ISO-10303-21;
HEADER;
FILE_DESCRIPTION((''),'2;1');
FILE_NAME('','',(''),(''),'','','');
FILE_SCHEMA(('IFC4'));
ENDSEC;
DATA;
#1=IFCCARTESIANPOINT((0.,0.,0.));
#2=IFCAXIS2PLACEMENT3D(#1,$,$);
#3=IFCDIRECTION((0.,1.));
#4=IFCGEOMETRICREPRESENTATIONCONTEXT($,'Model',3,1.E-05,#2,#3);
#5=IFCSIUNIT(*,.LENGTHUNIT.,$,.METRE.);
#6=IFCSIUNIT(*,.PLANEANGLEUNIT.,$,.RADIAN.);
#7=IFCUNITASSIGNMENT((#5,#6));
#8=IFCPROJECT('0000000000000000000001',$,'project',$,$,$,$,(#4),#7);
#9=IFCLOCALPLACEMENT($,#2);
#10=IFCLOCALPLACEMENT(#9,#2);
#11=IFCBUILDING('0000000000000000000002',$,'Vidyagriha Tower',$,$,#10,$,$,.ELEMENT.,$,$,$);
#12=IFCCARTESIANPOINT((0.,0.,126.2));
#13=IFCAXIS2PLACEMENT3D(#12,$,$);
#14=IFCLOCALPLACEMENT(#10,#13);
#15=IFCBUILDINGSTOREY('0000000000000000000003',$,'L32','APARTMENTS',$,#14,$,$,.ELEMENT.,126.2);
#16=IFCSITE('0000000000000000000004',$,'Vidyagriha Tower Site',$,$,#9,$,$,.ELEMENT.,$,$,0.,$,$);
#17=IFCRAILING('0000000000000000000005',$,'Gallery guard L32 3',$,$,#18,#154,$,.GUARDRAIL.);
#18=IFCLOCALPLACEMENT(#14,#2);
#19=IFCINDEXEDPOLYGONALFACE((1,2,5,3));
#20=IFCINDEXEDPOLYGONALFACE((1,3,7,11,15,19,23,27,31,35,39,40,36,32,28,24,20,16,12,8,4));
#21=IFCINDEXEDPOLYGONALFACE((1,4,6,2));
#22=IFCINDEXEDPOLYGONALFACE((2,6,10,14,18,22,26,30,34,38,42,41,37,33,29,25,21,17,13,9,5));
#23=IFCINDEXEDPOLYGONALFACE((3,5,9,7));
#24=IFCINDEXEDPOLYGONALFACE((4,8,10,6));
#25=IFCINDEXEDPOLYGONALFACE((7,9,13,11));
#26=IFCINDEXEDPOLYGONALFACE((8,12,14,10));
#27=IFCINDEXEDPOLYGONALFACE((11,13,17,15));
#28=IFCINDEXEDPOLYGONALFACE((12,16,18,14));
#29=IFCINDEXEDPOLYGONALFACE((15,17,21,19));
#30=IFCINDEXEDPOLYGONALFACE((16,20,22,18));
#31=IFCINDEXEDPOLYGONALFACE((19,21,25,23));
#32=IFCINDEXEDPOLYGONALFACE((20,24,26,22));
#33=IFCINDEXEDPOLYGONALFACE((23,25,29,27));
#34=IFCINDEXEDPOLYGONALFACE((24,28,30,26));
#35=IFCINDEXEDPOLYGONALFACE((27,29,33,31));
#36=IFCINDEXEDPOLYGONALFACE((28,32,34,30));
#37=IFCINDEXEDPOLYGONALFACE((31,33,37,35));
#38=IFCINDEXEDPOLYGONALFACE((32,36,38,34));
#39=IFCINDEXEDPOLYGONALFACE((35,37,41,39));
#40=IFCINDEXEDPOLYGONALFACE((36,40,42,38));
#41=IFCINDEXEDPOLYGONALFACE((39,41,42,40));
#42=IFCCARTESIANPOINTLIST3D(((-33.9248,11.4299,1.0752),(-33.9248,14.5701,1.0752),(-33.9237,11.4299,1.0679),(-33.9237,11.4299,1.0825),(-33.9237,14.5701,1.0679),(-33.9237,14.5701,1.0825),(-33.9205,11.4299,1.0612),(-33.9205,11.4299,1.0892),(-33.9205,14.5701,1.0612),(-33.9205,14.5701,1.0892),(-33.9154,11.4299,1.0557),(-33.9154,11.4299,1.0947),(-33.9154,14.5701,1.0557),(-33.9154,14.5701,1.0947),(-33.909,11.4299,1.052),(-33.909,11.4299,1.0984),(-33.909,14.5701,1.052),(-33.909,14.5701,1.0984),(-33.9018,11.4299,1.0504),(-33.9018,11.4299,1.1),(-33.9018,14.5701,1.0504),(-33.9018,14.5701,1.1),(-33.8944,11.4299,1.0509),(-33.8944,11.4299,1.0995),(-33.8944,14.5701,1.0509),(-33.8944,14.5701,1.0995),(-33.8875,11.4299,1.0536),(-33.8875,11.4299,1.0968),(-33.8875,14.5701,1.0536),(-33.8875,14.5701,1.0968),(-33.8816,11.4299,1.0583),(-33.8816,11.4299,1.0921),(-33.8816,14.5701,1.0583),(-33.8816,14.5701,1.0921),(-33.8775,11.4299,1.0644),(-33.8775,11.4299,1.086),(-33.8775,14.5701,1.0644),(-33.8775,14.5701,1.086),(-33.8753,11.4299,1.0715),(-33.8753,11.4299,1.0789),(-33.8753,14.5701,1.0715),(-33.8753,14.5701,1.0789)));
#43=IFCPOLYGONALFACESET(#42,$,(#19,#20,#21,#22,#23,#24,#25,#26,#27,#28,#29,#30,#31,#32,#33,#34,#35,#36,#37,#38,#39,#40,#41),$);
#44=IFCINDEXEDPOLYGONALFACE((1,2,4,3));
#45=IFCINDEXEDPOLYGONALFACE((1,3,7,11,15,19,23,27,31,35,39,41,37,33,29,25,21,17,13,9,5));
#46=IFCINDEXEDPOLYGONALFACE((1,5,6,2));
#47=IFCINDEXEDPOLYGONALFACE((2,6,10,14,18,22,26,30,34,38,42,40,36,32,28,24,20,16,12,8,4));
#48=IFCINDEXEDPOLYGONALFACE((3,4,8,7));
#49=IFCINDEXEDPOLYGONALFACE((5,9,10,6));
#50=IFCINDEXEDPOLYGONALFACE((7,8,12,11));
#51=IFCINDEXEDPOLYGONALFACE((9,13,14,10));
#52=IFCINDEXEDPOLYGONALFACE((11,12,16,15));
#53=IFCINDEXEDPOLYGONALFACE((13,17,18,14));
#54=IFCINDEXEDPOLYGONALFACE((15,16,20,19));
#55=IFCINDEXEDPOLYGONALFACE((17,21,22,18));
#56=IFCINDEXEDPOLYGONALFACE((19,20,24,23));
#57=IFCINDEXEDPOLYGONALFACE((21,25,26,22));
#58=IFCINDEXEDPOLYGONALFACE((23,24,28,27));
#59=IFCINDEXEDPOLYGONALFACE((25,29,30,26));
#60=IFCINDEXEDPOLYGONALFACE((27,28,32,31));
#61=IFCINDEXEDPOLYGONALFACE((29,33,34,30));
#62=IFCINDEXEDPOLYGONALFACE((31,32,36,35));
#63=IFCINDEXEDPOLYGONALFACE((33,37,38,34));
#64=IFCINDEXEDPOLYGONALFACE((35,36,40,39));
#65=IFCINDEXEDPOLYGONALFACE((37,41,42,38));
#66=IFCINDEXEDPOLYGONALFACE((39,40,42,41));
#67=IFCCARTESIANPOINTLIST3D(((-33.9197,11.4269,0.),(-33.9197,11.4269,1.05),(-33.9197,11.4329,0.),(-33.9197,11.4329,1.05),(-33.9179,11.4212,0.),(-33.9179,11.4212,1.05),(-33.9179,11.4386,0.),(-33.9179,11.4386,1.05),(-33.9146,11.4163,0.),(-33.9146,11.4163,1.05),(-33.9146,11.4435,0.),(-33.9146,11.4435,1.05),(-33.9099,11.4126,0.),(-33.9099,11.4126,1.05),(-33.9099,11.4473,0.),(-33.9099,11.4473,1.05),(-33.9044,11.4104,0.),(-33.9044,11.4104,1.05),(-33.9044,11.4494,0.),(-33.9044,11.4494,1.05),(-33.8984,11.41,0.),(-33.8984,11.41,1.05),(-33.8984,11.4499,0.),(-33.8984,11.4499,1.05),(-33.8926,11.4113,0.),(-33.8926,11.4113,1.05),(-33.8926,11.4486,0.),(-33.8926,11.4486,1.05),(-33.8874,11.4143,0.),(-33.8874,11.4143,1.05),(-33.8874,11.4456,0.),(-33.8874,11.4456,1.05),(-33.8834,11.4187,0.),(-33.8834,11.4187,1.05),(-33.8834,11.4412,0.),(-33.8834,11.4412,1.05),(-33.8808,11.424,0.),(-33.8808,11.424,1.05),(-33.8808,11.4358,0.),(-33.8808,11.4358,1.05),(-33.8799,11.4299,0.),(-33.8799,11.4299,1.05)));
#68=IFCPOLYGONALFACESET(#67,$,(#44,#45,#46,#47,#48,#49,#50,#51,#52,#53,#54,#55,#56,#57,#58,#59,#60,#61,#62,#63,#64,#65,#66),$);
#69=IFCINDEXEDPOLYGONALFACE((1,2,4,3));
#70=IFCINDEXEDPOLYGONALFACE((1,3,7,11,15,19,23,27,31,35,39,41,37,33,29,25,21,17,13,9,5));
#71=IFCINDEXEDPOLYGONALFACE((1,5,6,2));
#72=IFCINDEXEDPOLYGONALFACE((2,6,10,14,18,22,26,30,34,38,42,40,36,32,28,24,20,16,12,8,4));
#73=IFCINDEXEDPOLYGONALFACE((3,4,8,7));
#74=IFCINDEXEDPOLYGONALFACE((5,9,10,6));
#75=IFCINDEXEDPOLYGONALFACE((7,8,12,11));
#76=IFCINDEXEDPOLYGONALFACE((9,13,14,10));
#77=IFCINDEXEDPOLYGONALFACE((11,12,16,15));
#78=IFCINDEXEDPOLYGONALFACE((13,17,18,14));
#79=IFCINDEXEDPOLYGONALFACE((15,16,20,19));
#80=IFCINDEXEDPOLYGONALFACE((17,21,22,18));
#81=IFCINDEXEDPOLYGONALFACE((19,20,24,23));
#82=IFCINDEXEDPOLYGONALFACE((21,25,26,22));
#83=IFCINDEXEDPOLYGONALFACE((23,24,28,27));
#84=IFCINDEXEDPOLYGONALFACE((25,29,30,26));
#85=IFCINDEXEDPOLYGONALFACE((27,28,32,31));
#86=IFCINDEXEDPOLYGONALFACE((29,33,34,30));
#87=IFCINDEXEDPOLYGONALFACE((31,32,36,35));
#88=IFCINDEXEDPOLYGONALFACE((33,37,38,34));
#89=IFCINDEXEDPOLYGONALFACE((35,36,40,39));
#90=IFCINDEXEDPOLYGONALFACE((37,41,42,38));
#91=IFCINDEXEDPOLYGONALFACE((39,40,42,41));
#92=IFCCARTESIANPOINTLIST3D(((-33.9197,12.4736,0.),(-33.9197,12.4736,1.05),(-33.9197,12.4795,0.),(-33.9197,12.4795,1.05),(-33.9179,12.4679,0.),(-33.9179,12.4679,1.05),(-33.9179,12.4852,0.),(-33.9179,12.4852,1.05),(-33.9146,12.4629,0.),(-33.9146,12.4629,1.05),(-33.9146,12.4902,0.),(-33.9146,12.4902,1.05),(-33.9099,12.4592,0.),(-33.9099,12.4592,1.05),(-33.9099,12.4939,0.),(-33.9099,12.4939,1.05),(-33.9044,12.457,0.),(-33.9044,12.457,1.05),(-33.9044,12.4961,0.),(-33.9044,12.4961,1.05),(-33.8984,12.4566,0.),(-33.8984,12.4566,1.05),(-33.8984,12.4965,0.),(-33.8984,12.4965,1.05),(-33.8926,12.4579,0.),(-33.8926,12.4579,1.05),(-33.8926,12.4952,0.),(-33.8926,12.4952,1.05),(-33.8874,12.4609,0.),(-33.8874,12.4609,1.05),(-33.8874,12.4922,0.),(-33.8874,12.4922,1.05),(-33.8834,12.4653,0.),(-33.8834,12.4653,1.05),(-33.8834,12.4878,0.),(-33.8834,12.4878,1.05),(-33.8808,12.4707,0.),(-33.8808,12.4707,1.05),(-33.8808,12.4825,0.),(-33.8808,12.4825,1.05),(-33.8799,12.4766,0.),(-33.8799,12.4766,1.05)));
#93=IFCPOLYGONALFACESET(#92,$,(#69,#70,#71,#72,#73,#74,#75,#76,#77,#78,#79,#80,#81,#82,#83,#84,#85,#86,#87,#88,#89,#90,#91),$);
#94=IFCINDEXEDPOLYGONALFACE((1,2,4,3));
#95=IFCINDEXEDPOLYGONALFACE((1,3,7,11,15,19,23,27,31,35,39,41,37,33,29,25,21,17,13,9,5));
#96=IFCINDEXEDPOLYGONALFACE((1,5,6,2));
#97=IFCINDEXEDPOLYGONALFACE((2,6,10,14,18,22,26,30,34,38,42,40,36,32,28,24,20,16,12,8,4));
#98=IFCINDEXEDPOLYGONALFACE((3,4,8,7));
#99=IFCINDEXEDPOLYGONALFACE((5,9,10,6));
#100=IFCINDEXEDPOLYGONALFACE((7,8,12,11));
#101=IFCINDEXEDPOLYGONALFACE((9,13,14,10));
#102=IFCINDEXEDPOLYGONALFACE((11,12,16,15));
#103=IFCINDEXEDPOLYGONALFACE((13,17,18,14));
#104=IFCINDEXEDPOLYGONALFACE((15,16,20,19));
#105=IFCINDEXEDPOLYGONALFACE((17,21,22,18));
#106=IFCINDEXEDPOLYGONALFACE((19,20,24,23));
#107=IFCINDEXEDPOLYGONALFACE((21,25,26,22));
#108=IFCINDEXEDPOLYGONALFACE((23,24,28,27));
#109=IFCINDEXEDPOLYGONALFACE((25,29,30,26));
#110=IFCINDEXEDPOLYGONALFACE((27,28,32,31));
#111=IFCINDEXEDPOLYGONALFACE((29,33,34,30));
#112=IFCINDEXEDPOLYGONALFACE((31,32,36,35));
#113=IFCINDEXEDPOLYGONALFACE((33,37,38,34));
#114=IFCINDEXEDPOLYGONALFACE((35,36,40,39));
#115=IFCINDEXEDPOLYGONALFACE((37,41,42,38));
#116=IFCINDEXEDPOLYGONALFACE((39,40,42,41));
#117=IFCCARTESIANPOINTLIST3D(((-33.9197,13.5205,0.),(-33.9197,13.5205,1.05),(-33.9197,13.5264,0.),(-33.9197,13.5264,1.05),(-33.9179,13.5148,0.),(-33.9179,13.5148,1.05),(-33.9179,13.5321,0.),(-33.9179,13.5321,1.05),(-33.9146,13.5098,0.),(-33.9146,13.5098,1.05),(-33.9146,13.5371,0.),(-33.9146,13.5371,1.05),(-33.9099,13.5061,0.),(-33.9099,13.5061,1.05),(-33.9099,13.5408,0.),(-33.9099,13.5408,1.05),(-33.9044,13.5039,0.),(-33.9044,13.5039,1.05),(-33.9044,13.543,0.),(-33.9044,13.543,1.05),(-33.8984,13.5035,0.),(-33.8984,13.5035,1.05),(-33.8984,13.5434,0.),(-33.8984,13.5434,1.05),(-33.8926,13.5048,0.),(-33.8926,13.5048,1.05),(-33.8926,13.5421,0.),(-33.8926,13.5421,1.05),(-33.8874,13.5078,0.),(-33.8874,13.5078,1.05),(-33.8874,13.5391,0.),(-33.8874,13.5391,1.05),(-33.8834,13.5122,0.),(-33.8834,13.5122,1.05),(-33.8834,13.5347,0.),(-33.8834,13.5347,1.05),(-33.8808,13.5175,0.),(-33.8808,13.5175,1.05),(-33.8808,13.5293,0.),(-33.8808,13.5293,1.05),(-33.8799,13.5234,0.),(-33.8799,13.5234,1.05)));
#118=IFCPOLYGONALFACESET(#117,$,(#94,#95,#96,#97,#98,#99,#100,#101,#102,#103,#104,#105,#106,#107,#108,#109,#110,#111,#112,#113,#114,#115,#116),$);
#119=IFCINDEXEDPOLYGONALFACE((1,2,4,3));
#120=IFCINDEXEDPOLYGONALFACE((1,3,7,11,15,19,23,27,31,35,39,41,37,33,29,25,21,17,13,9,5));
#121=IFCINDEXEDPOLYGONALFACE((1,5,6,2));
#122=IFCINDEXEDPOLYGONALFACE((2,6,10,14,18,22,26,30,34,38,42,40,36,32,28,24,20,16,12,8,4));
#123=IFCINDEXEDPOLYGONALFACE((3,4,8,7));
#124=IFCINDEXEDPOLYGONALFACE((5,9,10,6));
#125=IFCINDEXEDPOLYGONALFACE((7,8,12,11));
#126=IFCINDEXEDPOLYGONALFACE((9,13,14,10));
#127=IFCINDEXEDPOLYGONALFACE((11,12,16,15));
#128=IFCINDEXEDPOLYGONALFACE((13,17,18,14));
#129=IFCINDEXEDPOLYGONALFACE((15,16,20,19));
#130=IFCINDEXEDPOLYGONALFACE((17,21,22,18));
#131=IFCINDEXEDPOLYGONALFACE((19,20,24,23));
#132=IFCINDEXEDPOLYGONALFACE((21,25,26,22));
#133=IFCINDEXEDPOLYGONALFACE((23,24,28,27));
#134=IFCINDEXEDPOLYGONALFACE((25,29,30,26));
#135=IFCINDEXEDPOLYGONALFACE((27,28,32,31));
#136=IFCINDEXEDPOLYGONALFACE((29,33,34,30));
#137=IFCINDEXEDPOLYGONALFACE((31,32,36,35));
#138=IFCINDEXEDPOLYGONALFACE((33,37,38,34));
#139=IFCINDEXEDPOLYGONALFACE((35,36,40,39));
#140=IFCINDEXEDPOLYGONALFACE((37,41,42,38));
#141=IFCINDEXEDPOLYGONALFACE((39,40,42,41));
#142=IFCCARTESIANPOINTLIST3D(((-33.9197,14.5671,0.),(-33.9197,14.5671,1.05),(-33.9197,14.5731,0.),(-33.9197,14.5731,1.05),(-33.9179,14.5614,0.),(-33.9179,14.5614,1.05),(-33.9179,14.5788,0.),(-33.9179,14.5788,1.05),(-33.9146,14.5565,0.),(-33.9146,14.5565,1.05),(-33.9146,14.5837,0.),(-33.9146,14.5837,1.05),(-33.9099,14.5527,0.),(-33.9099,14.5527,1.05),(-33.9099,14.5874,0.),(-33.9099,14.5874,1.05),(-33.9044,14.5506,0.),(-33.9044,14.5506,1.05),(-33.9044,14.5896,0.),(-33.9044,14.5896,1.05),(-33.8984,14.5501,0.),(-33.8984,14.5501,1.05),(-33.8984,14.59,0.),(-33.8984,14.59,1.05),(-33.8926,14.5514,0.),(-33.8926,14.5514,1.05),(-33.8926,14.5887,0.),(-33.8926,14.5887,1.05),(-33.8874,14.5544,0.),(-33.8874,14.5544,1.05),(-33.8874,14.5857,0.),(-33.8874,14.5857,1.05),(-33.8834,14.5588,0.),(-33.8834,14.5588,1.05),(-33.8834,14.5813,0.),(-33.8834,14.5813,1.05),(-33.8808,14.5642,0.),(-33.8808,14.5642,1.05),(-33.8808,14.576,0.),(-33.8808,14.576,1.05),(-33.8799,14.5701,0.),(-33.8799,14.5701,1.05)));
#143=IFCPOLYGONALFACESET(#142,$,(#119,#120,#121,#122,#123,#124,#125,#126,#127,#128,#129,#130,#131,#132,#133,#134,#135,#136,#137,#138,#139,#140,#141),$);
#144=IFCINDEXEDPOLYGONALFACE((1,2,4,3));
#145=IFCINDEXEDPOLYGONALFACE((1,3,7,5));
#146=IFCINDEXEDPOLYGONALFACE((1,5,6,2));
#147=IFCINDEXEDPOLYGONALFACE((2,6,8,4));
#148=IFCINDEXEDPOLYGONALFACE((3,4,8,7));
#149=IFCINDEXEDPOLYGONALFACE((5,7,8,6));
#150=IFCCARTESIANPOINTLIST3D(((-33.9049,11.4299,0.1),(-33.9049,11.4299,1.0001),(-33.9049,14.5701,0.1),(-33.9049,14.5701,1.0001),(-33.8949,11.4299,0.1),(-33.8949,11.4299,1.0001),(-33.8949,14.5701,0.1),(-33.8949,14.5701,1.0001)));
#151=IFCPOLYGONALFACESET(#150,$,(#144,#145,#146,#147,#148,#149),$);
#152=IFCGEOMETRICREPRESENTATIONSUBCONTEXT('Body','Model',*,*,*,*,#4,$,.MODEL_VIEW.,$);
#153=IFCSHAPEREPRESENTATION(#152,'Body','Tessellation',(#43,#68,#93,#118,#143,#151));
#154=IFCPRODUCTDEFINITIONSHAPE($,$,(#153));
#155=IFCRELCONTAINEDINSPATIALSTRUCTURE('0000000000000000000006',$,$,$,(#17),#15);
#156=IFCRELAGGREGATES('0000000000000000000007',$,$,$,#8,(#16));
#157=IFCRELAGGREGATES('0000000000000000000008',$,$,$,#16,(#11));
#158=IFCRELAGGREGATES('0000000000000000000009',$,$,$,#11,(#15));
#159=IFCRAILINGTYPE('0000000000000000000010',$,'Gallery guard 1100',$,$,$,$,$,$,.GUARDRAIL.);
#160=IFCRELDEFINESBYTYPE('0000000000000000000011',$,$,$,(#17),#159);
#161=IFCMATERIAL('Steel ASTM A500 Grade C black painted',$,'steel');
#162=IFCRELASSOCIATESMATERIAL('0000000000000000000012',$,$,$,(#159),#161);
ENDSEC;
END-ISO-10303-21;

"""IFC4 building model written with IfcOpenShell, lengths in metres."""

from ifc_helpers import new_model, si_unit, direction, frame, origin, origin_2d, place, context, subcontext, project, spatial, rectangle, circle, extrude, material, type_object, element, save


model = new_model("IFC4")

# Units and contexts
model_context = context("Model", 3, precision=1e-05, world=origin(), true_north=direction((0.0, 1.0)))
body_context = subcontext(model_context, "Body", "Model", "MODEL_VIEW")
ifc_project = project(units=[si_unit("LENGTHUNIT", "METRE"), si_unit("PLANEANGLEUNIT", "RADIAN")], contexts=[model_context])

# Site, building, storey
site_placement = place(None, origin())
site = spatial("IfcSite", under=ifc_project, at=site_placement, Name="Vidyagriha Tower Site", CompositionType="ELEMENT", RefElevation=0.0)
building_placement = place(site_placement, origin())
building = spatial("IfcBuilding", under=site, at=building_placement, Name="Vidyagriha Tower", CompositionType="ELEMENT")
storey_placement = place(building_placement, frame((0.0, 0.0, 126.2)))
storey = spatial("IfcBuildingStorey", under=building, at=storey_placement, Name="L32", Description="APARTMENTS", CompositionType="ELEMENT", Elevation=126.2)

# Railing
ifc_material_1 = material(Name="Steel ASTM A500 Grade C black painted", Category="steel")
railing_type = type_object("IfcRailingType", Name="Gallery guard 1100", PredefinedType="GUARDRAIL", material=ifc_material_1)
railing_1_placement = place(storey_placement, frame((-33.8999, 11.4299, 0.0)))
element("IfcRailing", 1, at=railing_1_placement, inside=storey, type_object=railing_type, Name="Gallery guard L32 3", PredefinedType="GUARDRAIL", context=body_context, shape_type="SweptSolid", body=[
    extrude(circle(Radius=0.0249, at=origin_2d()), frame((0.0, 0.0, 1.0752), z_axis=(0.0, 1.0, 0.0), x_axis=(-1.0, 0.0, 0.0)), (0.0, 0.0, 1.0), 3.1401),
    extrude(circle(Radius=0.02, at=origin_2d()), origin(), (0.0, 0.0, 1.0), 1.05),
    extrude(circle(Radius=0.02, at=origin_2d()), frame((0.0, 1.0466, 0.0)), (0.0, 0.0, 1.0), 1.05),
    extrude(circle(Radius=0.02, at=origin_2d()), frame((0.0, 2.0935, 0.0)), (0.0, 0.0, 1.0), 1.05),
    extrude(circle(Radius=0.02, at=origin_2d()), frame((0.0, 3.1401, 0.0)), (0.0, 0.0, 1.0), 1.05),
    extrude(rectangle(XDim=0.01, YDim=0.9001, at=origin_2d()), frame((0.0, 0.0, 0.55), z_axis=(0.0, 1.0, 0.0), x_axis=(-1.0, 0.0, 0.0)), (0.0, 0.0, 1.0), 3.1401),
])

save(model, "model.ifc")
